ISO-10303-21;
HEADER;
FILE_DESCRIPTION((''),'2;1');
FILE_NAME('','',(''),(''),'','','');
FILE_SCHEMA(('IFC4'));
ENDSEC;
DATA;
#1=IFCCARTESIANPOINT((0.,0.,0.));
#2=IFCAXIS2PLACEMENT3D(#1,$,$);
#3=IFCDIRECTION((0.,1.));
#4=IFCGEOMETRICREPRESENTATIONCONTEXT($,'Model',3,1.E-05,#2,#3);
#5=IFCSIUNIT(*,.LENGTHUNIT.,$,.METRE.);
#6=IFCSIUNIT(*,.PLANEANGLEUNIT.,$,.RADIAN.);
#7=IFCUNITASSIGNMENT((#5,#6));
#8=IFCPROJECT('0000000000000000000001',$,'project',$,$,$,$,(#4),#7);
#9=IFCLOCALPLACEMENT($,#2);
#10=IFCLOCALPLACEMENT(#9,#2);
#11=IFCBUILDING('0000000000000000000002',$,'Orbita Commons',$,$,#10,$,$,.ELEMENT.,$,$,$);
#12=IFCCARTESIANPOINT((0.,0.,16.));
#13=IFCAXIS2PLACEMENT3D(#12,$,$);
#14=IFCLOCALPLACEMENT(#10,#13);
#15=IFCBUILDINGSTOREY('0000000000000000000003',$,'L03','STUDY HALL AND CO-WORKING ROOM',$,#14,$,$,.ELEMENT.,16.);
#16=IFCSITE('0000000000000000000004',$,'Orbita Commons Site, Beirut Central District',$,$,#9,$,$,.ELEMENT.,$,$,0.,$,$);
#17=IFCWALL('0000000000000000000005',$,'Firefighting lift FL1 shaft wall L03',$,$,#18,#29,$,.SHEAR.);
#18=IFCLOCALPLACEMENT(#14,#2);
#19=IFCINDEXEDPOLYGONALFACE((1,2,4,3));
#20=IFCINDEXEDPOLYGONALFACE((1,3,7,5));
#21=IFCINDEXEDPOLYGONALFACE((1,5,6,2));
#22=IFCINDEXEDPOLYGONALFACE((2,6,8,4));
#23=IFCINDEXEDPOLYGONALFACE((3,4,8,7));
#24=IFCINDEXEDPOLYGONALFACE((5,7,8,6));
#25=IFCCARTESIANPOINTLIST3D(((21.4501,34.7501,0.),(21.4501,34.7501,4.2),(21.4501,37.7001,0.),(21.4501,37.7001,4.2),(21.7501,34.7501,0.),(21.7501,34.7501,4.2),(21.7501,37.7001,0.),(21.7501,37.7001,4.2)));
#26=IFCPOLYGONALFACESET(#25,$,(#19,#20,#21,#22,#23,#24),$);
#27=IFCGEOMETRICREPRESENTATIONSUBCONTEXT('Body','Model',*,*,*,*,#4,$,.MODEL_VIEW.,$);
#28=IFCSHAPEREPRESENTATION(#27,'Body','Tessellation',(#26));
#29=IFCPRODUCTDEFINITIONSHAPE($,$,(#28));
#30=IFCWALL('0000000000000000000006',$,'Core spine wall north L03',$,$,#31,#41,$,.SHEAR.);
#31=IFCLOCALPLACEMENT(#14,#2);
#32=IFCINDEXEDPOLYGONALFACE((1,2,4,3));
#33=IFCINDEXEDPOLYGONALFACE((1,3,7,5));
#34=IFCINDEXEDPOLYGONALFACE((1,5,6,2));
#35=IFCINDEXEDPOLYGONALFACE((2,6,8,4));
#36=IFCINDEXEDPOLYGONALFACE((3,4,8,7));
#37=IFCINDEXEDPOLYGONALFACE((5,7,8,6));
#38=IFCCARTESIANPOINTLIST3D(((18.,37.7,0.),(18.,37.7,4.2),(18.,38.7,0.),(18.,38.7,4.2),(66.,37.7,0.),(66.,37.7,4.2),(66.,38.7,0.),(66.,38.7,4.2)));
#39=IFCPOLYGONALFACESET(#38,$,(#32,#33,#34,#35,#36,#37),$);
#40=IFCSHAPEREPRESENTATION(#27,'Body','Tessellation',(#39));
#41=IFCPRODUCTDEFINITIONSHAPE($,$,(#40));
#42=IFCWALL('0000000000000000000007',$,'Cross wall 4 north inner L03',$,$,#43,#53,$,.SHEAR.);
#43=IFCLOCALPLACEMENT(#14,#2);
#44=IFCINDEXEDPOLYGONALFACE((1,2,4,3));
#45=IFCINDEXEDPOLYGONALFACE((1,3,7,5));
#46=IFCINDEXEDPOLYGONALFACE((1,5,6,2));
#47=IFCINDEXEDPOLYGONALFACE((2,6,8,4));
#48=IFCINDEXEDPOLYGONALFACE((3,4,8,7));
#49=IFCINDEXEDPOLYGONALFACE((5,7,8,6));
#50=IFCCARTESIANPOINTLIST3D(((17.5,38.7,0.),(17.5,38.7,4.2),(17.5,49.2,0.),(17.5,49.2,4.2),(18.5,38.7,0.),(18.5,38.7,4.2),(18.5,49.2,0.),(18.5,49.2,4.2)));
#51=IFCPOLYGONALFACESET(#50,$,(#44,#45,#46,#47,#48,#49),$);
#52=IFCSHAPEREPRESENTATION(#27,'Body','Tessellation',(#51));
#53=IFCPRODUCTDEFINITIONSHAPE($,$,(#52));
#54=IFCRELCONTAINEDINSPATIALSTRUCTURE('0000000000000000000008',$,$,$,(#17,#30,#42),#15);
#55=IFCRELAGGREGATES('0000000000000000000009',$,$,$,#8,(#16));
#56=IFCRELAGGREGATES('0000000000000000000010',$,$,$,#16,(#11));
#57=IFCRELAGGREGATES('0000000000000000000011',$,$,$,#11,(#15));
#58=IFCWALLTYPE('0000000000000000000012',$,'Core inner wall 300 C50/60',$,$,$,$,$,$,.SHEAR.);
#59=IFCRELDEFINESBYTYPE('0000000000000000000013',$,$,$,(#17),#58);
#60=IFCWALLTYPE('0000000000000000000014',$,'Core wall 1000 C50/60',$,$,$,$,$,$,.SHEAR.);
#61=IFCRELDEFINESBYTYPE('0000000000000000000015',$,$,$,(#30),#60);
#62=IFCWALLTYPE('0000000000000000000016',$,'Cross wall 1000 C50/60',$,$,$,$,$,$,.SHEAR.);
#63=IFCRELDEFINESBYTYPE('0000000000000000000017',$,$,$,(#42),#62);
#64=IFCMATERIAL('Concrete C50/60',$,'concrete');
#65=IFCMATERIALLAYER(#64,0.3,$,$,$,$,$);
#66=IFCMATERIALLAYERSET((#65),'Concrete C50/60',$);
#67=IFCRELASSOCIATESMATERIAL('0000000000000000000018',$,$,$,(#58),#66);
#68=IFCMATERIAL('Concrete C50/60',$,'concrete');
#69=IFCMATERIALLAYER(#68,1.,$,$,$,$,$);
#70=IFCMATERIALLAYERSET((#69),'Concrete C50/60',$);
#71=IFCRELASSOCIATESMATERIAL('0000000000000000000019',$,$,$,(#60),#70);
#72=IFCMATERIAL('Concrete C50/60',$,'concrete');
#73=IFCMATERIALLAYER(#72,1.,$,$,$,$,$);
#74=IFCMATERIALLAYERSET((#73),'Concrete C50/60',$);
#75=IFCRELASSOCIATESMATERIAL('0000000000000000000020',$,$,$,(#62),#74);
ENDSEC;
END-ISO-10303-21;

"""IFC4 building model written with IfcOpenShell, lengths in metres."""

from ifc_helpers import new_model, si_unit, direction, frame, frame_2d, origin, place, context, subcontext, project, spatial, rectangle, extrude, material, layer, layer_set, type_object, element, save


model = new_model("IFC4")

# Units and contexts
model_context = context("Model", 3, precision=1e-05, world=origin(), true_north=direction((0.0, 1.0)))
body_context = subcontext(model_context, "Body", "Model", "MODEL_VIEW")
ifc_project = project(units=[si_unit("LENGTHUNIT", "METRE"), si_unit("PLANEANGLEUNIT", "RADIAN")], contexts=[model_context])

# Site, building, storey
site_placement = place(None, origin())
site = spatial("IfcSite", under=ifc_project, at=site_placement, Name="Orbita Commons Site, Beirut Central District", CompositionType="ELEMENT", RefElevation=0.0)
building_placement = place(site_placement, origin())
building = spatial("IfcBuilding", under=site, at=building_placement, Name="Orbita Commons", CompositionType="ELEMENT")
storey_placement = place(building_placement, frame((0.0, 0.0, 16.0)))
storey = spatial("IfcBuildingStorey", under=building, at=storey_placement, Name="L03", Description="STUDY HALL AND CO-WORKING ROOM", CompositionType="ELEMENT", Elevation=16.0)

# Shared definitions
ifc_material_1 = material(Name="Concrete C50/60", Category="concrete")
ifc_layer_1 = layer(ifc_material_1, 0.3)
ifc_layer_set_1 = layer_set([ifc_layer_1], Name="Concrete C50/60")
wall_type_1 = type_object("IfcWallType", Name="Core inner wall 300 C50/60", PredefinedType="SHEAR", material=ifc_layer_set_1)

# Walls
wall_1_placement = place(storey_placement, frame((21.6001, 34.75, 0.0), z_axis=(0.0, 0.0, 1.0), x_axis=(0.0, 1.0, 0.0)))
element("IfcWall", 1, at=wall_1_placement, inside=storey, type_object=wall_type_1, Name="Firefighting lift FL1 shaft wall L03", PredefinedType="SHEAR", context=body_context, shape_type="SweptSolid", body=[
    extrude(rectangle(XDim=2.95, YDim=0.3, at=frame_2d((1.4751, 0.0))), origin(), (0.0, 0.0, 1.0), 4.2),
])
ifc_material_2 = material(Name="Concrete C50/60", Category="concrete")
ifc_layer_2 = layer(ifc_material_2, 1.0)
ifc_layer_set_2 = layer_set([ifc_layer_2], Name="Concrete C50/60")
wall_type_2 = type_object("IfcWallType", Name="Core wall 1000 C50/60", PredefinedType="SHEAR", material=ifc_layer_set_2)
wall_2_placement = place(storey_placement, frame((18.0, 38.2, 0.0), z_axis=(0.0, 0.0, 1.0), x_axis=(1.0, 0.0, 0.0)))
element("IfcWall", 2, at=wall_2_placement, inside=storey, type_object=wall_type_2, Name="Core spine wall north L03", PredefinedType="SHEAR", context=body_context, shape_type="SweptSolid", body=[
    extrude(rectangle(XDim=48.0, YDim=1.0, at=frame_2d((24.0, 0.0))), origin(), (0.0, 0.0, 1.0), 4.2),
])
ifc_material_3 = material(Name="Concrete C50/60", Category="concrete")
ifc_layer_3 = layer(ifc_material_3, 1.0)
ifc_layer_set_3 = layer_set([ifc_layer_3], Name="Concrete C50/60")
wall_type_3 = type_object("IfcWallType", Name="Cross wall 1000 C50/60", PredefinedType="SHEAR", material=ifc_layer_set_3)
wall_3_placement = place(storey_placement, frame((18.0, 38.7, 0.0), z_axis=(0.0, 0.0, 1.0), x_axis=(0.0, 1.0, 0.0)))
element("IfcWall", 3, at=wall_3_placement, inside=storey, type_object=wall_type_3, Name="Cross wall 4 north inner L03", PredefinedType="SHEAR", context=body_context, shape_type="SweptSolid", body=[
    extrude(rectangle(XDim=10.5, YDim=1.0, at=frame_2d((5.25, 0.0))), origin(), (0.0, 0.0, 1.0), 4.2),
])

save(model, "model.ifc")
